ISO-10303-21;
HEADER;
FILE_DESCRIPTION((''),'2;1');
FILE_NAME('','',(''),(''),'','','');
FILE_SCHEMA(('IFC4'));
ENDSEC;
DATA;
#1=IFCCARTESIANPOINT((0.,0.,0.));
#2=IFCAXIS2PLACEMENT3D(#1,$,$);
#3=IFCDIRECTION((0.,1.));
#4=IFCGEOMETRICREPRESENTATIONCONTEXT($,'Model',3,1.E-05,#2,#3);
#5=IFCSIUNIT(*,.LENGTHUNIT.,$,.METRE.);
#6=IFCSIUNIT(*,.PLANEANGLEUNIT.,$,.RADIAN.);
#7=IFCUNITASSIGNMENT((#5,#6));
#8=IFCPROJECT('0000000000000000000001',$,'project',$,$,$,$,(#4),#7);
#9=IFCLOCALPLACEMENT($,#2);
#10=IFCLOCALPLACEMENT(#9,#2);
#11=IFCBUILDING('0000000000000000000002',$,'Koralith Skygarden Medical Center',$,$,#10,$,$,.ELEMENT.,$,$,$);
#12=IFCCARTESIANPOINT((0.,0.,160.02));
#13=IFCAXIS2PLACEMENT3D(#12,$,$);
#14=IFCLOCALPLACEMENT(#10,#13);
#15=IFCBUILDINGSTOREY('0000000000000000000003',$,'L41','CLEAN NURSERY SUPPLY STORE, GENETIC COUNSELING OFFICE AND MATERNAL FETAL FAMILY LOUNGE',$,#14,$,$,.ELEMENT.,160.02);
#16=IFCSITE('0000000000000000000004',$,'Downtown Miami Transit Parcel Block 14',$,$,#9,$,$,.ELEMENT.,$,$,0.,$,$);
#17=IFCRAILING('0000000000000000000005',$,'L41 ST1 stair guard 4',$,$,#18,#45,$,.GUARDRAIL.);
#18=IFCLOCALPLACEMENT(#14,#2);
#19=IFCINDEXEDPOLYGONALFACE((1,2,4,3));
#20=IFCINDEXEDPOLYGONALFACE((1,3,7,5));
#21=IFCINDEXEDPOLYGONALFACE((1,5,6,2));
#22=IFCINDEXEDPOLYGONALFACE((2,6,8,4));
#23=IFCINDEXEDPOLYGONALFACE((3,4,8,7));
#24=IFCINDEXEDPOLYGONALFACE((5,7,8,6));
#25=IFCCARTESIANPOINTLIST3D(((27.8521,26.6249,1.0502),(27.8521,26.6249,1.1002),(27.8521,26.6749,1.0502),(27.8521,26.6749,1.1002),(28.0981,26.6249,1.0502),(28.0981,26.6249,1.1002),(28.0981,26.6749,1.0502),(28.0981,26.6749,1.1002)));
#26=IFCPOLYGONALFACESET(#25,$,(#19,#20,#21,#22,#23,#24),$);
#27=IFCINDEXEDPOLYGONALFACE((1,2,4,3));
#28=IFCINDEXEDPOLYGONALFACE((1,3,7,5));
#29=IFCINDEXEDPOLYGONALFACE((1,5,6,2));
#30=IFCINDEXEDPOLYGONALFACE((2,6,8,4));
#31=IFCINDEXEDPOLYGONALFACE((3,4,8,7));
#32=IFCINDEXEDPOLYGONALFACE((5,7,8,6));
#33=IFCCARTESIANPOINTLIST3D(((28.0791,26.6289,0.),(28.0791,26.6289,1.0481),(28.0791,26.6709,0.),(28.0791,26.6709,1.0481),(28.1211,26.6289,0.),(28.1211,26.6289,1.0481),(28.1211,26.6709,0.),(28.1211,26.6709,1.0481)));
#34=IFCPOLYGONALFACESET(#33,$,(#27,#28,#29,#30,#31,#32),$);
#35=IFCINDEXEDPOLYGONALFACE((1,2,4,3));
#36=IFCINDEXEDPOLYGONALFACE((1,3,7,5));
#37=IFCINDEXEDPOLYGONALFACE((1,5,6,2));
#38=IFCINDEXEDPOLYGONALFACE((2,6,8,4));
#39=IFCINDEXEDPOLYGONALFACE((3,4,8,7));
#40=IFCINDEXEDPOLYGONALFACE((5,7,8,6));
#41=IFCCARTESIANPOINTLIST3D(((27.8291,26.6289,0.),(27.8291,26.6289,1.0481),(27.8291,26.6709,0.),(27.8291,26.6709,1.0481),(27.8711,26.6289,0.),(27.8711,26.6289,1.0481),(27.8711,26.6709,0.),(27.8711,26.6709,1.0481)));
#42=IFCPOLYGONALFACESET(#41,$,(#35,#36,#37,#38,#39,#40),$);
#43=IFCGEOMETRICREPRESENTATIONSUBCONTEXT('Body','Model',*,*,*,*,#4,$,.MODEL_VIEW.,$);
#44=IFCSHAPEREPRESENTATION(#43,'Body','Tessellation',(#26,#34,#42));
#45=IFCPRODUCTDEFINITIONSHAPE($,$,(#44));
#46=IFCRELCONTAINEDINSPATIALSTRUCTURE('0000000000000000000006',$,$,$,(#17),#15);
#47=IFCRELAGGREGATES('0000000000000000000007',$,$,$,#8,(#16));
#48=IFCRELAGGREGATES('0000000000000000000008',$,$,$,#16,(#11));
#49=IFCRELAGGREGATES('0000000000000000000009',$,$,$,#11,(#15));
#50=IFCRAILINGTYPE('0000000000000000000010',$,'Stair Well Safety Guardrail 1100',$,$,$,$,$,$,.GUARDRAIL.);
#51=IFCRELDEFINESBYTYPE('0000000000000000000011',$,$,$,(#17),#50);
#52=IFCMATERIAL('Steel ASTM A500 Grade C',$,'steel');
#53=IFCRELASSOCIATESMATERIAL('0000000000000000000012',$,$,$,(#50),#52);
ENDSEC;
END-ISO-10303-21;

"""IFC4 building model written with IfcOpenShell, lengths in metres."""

from ifc_helpers import new_model, si_unit, direction, frame, origin, origin_2d, place, context, subcontext, project, spatial, rectangle, extrude, material, type_object, element, save


model = new_model("IFC4")

# Units and contexts
model_context = context("Model", 3, precision=1e-05, world=origin(), true_north=direction((0.0, 1.0)))
body_context = subcontext(model_context, "Body", "Model", "MODEL_VIEW")
ifc_project = project(units=[si_unit("LENGTHUNIT", "METRE"), si_unit("PLANEANGLEUNIT", "RADIAN")], contexts=[model_context])

# Site, building, storey
site_placement = place(None, origin())
site = spatial("IfcSite", under=ifc_project, at=site_placement, Name="Downtown Miami Transit Parcel Block 14", CompositionType="ELEMENT", RefElevation=0.0)
building_placement = place(site_placement, origin())
building = spatial("IfcBuilding", under=site, at=building_placement, Name="Koralith Skygarden Medical Center", CompositionType="ELEMENT")
storey_placement = place(building_placement, frame((0.0, 0.0, 160.02)))
storey = spatial("IfcBuildingStorey", under=building, at=storey_placement, Name="L41", Description="CLEAN NURSERY SUPPLY STORE, GENETIC COUNSELING OFFICE AND MATERNAL FETAL FAMILY LOUNGE", CompositionType="ELEMENT", Elevation=160.02)

# Shared definitions
ifc_material_1 = material(Name="Steel ASTM A500 Grade C", Category="steel")

# Railing
railing_type = type_object("IfcRailingType", Name="Stair Well Safety Guardrail 1100", PredefinedType="GUARDRAIL", material=ifc_material_1)
railing_placement = place(storey_placement, frame((28.1001, 26.6499, 0.0)))
element("IfcRailing", 1, at=railing_placement, inside=storey, type_object=railing_type, Name="L41 ST1 stair guard 4", PredefinedType="GUARDRAIL", context=body_context, shape_type="SweptSolid", body=[
    extrude(rectangle(XDim=0.05, YDim=0.05, at=origin_2d()), frame((-0.002, 0.0, 1.0752), z_axis=(-1.0, 0.0, 0.0), x_axis=(0.0, -1.0, 0.0)), (0.0, 0.0, 1.0), 0.2461),
    extrude(rectangle(XDim=0.042, YDim=0.042, at=origin_2d()), origin(), (0.0, 0.0, 1.0), 1.0481),
    extrude(rectangle(XDim=0.042, YDim=0.042, at=origin_2d()), frame((-0.25, 0.0, 0.0)), (0.0, 0.0, 1.0), 1.0481),
])

save(model, "model.ifc")
